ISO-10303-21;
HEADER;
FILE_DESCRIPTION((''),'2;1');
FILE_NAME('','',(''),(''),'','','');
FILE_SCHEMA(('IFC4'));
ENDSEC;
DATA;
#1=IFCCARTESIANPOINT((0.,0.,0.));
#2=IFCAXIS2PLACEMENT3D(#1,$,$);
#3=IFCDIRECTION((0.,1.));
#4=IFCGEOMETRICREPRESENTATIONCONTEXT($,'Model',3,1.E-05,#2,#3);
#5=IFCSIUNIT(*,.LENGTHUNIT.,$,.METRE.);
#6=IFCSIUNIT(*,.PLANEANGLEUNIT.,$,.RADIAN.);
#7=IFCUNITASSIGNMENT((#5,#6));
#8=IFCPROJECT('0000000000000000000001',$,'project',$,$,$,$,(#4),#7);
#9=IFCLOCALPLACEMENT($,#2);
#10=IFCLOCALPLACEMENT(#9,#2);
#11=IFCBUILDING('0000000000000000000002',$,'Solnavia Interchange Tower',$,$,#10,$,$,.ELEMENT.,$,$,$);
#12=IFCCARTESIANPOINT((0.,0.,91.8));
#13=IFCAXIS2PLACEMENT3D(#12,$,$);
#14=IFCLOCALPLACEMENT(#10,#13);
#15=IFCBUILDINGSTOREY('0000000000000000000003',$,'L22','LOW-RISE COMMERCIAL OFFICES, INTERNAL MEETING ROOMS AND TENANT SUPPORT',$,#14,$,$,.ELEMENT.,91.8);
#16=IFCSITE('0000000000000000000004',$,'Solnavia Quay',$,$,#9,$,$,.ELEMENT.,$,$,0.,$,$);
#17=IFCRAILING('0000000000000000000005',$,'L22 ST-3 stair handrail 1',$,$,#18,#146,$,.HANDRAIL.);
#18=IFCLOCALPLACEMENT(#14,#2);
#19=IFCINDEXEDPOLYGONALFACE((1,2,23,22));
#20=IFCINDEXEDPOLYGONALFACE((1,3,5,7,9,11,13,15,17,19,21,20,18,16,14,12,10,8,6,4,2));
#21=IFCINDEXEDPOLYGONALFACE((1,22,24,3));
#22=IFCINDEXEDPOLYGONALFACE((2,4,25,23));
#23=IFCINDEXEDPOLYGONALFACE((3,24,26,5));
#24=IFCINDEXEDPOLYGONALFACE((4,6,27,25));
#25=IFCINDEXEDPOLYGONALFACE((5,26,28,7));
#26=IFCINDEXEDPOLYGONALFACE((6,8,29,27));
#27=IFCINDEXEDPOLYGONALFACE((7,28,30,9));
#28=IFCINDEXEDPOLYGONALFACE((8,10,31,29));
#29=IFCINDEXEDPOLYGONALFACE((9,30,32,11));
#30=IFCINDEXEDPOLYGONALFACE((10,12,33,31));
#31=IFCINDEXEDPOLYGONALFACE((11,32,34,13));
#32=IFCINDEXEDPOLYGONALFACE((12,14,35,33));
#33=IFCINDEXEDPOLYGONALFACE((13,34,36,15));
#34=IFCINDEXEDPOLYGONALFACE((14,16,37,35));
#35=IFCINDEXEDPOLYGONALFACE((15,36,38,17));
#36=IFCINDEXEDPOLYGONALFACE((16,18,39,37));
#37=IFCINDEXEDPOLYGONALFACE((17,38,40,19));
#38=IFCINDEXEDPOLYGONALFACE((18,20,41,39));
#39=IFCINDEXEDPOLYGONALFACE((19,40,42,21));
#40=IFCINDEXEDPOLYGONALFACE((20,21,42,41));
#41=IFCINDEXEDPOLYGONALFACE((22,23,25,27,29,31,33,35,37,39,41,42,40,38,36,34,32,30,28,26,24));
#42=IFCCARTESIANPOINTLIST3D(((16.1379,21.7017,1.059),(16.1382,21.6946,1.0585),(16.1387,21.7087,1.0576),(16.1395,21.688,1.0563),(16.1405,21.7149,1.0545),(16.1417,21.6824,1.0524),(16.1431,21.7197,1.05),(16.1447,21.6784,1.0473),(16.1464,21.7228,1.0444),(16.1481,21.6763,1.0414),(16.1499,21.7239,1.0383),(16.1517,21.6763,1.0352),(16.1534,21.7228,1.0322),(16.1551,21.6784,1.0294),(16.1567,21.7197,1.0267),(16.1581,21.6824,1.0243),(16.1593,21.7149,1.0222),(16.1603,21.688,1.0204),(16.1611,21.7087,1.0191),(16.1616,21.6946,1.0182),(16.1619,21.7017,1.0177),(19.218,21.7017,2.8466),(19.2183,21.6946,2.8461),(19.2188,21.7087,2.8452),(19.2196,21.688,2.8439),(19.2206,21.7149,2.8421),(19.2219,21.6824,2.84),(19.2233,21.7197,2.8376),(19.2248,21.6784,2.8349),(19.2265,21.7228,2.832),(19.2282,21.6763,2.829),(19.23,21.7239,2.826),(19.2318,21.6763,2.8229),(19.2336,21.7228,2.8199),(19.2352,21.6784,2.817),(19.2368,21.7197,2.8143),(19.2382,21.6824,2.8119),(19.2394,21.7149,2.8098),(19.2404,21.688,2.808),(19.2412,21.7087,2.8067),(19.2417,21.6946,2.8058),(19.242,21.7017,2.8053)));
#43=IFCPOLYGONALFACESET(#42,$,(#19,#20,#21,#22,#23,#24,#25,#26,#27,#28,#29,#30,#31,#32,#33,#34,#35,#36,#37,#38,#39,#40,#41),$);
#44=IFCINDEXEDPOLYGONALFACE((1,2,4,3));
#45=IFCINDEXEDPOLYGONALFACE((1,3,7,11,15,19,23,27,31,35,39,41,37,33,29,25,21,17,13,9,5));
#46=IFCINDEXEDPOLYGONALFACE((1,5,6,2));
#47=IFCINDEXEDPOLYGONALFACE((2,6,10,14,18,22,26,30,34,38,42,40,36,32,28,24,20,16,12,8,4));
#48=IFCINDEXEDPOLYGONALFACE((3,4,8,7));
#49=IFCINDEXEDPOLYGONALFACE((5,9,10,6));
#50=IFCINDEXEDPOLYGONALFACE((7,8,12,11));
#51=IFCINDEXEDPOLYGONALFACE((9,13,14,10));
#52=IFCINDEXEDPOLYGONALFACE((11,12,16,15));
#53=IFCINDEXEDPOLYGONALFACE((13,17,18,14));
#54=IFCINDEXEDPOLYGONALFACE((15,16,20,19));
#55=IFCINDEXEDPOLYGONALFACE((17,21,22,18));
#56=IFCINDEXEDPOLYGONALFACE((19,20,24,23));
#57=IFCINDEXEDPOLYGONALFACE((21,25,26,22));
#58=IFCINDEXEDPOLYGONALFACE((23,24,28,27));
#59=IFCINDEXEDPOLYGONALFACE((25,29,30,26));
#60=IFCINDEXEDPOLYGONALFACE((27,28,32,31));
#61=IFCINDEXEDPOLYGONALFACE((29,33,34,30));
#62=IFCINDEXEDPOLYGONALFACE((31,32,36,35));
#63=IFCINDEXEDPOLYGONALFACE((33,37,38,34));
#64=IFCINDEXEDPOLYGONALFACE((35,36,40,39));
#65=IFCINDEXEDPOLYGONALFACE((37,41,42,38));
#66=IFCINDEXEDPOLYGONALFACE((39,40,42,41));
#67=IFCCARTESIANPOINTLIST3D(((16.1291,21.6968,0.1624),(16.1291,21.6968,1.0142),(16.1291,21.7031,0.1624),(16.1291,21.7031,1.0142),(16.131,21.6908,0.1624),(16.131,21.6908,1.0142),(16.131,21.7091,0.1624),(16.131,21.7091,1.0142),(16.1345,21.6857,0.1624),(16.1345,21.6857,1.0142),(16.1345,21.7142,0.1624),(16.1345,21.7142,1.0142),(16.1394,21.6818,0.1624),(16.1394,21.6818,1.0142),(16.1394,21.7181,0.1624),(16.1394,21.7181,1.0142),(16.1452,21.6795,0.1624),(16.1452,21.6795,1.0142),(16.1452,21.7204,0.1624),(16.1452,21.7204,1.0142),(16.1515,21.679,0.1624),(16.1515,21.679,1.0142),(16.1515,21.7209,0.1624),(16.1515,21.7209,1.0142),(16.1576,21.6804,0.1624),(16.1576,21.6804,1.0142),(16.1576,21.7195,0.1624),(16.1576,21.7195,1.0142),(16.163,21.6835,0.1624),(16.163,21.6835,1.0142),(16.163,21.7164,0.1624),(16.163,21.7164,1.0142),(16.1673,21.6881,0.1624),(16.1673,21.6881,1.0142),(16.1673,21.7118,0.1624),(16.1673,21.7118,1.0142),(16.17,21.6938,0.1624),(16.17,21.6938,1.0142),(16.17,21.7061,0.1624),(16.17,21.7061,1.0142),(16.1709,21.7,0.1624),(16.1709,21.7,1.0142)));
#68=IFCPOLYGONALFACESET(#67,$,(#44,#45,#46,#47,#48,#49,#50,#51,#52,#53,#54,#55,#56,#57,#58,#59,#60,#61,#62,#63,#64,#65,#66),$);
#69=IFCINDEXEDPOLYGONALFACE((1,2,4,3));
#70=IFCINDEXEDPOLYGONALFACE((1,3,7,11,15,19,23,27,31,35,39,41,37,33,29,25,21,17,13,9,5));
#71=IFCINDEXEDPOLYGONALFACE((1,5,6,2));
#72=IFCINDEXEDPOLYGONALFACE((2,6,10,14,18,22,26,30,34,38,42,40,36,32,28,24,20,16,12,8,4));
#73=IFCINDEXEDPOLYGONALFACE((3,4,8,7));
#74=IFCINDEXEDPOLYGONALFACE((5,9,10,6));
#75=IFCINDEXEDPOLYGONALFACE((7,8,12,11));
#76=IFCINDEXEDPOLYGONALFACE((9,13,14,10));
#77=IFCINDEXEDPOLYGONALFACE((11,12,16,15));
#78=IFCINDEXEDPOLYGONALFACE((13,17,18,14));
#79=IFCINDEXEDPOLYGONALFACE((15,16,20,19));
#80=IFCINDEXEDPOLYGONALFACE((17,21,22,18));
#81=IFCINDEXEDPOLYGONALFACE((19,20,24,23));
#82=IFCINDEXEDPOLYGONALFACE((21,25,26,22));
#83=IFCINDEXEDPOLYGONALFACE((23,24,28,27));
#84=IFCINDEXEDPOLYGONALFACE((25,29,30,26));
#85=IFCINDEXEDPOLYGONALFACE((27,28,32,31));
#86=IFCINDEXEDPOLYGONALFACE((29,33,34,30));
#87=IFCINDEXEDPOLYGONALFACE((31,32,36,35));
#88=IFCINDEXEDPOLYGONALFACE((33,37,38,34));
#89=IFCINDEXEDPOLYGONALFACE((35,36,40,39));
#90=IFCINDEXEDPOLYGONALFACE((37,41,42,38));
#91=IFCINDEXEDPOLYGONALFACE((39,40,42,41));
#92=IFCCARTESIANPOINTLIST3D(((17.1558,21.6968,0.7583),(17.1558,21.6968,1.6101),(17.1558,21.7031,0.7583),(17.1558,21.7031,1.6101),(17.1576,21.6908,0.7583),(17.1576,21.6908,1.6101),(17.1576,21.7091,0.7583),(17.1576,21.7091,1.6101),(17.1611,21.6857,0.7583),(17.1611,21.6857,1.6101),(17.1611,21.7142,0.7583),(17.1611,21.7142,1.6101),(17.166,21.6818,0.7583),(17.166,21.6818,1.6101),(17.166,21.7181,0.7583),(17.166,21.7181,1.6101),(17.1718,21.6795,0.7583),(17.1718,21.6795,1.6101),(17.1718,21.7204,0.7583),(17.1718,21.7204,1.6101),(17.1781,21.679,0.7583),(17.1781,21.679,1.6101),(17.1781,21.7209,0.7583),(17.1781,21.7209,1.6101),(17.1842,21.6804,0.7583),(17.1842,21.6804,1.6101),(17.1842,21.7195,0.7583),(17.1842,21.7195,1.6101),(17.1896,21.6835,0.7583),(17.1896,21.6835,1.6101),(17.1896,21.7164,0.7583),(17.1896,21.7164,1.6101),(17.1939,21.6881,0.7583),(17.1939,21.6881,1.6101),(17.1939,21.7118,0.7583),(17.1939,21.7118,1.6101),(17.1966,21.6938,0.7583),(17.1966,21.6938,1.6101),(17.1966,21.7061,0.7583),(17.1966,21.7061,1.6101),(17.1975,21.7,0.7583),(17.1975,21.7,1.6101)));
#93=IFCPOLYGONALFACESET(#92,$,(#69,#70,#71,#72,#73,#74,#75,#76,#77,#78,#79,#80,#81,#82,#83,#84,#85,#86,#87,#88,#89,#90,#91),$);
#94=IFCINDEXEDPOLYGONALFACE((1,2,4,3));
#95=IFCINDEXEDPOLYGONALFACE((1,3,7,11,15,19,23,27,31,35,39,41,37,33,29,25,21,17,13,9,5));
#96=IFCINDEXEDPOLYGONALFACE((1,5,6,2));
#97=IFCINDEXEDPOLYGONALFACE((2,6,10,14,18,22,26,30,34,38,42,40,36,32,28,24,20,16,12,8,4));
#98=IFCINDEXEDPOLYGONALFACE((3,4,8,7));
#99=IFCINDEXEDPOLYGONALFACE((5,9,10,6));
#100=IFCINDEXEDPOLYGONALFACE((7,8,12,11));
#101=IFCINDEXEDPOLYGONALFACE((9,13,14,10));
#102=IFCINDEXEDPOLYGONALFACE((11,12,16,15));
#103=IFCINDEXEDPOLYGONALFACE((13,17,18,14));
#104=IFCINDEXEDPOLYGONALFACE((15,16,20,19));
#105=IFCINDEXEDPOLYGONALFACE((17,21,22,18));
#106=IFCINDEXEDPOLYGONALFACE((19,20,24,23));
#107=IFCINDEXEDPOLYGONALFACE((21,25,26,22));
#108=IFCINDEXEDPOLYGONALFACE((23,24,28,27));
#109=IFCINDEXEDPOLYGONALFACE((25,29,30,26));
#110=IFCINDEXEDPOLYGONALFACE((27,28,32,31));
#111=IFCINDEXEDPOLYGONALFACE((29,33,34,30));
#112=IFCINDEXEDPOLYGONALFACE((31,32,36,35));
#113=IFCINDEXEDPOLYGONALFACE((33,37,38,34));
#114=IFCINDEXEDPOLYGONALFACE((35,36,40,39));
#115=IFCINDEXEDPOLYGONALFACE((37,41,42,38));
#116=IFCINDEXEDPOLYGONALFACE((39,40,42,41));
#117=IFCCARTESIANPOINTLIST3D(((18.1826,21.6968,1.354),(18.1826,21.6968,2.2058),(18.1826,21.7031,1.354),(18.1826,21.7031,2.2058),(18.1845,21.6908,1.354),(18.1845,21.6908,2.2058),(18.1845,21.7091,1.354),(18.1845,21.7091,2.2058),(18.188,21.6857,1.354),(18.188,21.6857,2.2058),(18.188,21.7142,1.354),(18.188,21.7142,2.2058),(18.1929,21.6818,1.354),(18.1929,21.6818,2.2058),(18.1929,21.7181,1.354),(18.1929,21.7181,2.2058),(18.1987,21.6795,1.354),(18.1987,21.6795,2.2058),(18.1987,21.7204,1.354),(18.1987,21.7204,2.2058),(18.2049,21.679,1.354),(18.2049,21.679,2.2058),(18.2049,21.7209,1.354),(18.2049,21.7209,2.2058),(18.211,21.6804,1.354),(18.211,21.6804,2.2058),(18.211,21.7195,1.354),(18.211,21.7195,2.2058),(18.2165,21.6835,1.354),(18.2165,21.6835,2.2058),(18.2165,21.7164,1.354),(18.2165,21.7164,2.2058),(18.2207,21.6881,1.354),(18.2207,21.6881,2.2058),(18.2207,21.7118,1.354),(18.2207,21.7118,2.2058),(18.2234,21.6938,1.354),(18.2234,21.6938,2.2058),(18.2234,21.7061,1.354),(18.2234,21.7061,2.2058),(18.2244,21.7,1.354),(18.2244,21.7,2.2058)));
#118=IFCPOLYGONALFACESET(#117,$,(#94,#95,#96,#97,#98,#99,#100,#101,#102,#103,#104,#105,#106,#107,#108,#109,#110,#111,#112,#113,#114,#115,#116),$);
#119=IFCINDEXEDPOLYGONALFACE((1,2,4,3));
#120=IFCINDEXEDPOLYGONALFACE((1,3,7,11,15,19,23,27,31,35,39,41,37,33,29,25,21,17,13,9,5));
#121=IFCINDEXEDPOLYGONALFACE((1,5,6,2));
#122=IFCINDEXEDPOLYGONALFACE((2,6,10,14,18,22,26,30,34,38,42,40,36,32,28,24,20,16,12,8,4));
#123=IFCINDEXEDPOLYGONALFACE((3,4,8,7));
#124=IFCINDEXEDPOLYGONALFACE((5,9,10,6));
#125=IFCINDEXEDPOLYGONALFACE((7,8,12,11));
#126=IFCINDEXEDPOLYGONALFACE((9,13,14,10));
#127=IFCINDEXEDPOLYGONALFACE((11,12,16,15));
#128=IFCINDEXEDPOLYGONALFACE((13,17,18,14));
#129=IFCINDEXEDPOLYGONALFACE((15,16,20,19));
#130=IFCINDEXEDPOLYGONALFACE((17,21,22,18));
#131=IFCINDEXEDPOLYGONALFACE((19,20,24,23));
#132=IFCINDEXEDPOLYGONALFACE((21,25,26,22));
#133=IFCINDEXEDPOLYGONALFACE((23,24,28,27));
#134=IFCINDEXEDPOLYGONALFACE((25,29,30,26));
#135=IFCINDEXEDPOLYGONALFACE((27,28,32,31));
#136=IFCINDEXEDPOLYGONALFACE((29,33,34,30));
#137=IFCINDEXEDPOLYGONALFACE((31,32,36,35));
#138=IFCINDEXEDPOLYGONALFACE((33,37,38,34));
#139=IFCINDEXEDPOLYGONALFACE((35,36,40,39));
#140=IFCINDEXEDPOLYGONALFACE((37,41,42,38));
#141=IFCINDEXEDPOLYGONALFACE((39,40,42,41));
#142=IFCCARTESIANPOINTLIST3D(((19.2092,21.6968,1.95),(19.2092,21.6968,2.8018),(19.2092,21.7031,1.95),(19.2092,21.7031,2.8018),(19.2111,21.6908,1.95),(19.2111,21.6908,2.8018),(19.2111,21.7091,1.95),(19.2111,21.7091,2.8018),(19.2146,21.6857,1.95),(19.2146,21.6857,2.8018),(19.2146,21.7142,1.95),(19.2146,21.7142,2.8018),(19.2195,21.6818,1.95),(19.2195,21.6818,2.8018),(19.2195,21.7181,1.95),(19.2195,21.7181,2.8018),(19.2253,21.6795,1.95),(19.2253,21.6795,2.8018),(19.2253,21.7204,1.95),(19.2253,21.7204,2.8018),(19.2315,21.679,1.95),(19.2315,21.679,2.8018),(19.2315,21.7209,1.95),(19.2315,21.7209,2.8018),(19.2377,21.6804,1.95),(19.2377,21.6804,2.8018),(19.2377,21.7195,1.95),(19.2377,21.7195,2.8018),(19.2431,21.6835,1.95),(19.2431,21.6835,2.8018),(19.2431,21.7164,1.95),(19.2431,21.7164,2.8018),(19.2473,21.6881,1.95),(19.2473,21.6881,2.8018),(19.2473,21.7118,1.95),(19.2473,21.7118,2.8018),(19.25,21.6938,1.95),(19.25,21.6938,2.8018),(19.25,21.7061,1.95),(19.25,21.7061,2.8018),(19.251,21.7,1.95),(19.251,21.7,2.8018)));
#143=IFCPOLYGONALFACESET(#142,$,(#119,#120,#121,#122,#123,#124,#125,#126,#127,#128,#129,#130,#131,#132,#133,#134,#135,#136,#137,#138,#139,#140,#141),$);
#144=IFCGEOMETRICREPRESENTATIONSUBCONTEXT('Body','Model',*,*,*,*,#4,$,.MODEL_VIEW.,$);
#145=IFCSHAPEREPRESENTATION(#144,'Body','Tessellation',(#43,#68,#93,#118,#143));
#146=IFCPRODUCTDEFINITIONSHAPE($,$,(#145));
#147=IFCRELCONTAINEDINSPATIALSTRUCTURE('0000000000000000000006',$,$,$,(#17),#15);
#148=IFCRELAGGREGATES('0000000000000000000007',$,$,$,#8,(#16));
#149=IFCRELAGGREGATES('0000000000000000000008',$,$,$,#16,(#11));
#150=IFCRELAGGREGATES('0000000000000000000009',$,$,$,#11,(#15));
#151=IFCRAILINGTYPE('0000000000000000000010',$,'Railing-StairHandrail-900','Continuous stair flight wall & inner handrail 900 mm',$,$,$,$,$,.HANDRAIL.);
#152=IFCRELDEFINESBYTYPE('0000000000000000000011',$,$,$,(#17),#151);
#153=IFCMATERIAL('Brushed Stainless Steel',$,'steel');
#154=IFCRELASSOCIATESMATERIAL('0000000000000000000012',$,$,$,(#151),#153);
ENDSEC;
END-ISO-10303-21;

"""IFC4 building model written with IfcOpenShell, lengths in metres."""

from ifc_helpers import new_model, si_unit, direction, frame, origin, origin_2d, place, context, subcontext, project, spatial, circle, extrude, material, type_object, element, save


model = new_model("IFC4")

# Units and contexts
model_context = context("Model", 3, precision=1e-05, world=origin(), true_north=direction((0.0, 1.0)))
body_context = subcontext(model_context, "Body", "Model", "MODEL_VIEW")
ifc_project = project(units=[si_unit("LENGTHUNIT", "METRE"), si_unit("PLANEANGLEUNIT", "RADIAN")], contexts=[model_context])

# Site, building, storey
site_placement = place(None, origin())
site = spatial("IfcSite", under=ifc_project, at=site_placement, Name="Solnavia Quay", CompositionType="ELEMENT", RefElevation=0.0)
building_placement = place(site_placement, origin())
building = spatial("IfcBuilding", under=site, at=building_placement, Name="Solnavia Interchange Tower", CompositionType="ELEMENT")
storey_placement = place(building_placement, frame((0.0, 0.0, 91.8)))
storey = spatial("IfcBuildingStorey", under=building, at=storey_placement, Name="L22", Description="LOW-RISE COMMERCIAL OFFICES, INTERNAL MEETING ROOMS AND TENANT SUPPORT", CompositionType="ELEMENT", Elevation=91.8)

# Railing
ifc_material_1 = material(Name="Brushed Stainless Steel", Category="steel")
railing_type_1 = type_object("IfcRailingType", Name="Railing-StairHandrail-900", Description="Continuous stair flight wall & inner handrail 900 mm", PredefinedType="HANDRAIL", material=ifc_material_1)
railing_1_placement = place(storey_placement, frame((16.1499, 21.7, 0.1624)))
element("IfcRailing", 1, at=railing_1_placement, inside=storey, type_object=railing_type_1, Name="L22 ST-3 stair handrail 1", PredefinedType="HANDRAIL", context=body_context, shape_type="SweptSolid", body=[
    extrude(circle(Radius=0.0239, at=origin_2d()), frame((0.0, 0.0, 0.876), z_axis=(0.864891, 0.0, 0.50196), x_axis=(0.0, 1.0, 0.0)), (0.0, 0.0, 1.0), 3.5613),
    extrude(circle(Radius=0.021, at=origin_2d()), origin(), (0.0, 0.0, 1.0), 0.8518),
    extrude(circle(Radius=0.021, at=origin_2d()), frame((1.0266, 0.0, 0.5959)), (0.0, 0.0, 1.0), 0.8518),
    extrude(circle(Radius=0.021, at=origin_2d()), frame((2.0535, 0.0, 1.1917)), (0.0, 0.0, 1.0), 0.8518),
    extrude(circle(Radius=0.021, at=origin_2d()), frame((3.0801, 0.0, 1.7876)), (0.0, 0.0, 1.0), 0.8518),
])

save(model, "model.ifc")
